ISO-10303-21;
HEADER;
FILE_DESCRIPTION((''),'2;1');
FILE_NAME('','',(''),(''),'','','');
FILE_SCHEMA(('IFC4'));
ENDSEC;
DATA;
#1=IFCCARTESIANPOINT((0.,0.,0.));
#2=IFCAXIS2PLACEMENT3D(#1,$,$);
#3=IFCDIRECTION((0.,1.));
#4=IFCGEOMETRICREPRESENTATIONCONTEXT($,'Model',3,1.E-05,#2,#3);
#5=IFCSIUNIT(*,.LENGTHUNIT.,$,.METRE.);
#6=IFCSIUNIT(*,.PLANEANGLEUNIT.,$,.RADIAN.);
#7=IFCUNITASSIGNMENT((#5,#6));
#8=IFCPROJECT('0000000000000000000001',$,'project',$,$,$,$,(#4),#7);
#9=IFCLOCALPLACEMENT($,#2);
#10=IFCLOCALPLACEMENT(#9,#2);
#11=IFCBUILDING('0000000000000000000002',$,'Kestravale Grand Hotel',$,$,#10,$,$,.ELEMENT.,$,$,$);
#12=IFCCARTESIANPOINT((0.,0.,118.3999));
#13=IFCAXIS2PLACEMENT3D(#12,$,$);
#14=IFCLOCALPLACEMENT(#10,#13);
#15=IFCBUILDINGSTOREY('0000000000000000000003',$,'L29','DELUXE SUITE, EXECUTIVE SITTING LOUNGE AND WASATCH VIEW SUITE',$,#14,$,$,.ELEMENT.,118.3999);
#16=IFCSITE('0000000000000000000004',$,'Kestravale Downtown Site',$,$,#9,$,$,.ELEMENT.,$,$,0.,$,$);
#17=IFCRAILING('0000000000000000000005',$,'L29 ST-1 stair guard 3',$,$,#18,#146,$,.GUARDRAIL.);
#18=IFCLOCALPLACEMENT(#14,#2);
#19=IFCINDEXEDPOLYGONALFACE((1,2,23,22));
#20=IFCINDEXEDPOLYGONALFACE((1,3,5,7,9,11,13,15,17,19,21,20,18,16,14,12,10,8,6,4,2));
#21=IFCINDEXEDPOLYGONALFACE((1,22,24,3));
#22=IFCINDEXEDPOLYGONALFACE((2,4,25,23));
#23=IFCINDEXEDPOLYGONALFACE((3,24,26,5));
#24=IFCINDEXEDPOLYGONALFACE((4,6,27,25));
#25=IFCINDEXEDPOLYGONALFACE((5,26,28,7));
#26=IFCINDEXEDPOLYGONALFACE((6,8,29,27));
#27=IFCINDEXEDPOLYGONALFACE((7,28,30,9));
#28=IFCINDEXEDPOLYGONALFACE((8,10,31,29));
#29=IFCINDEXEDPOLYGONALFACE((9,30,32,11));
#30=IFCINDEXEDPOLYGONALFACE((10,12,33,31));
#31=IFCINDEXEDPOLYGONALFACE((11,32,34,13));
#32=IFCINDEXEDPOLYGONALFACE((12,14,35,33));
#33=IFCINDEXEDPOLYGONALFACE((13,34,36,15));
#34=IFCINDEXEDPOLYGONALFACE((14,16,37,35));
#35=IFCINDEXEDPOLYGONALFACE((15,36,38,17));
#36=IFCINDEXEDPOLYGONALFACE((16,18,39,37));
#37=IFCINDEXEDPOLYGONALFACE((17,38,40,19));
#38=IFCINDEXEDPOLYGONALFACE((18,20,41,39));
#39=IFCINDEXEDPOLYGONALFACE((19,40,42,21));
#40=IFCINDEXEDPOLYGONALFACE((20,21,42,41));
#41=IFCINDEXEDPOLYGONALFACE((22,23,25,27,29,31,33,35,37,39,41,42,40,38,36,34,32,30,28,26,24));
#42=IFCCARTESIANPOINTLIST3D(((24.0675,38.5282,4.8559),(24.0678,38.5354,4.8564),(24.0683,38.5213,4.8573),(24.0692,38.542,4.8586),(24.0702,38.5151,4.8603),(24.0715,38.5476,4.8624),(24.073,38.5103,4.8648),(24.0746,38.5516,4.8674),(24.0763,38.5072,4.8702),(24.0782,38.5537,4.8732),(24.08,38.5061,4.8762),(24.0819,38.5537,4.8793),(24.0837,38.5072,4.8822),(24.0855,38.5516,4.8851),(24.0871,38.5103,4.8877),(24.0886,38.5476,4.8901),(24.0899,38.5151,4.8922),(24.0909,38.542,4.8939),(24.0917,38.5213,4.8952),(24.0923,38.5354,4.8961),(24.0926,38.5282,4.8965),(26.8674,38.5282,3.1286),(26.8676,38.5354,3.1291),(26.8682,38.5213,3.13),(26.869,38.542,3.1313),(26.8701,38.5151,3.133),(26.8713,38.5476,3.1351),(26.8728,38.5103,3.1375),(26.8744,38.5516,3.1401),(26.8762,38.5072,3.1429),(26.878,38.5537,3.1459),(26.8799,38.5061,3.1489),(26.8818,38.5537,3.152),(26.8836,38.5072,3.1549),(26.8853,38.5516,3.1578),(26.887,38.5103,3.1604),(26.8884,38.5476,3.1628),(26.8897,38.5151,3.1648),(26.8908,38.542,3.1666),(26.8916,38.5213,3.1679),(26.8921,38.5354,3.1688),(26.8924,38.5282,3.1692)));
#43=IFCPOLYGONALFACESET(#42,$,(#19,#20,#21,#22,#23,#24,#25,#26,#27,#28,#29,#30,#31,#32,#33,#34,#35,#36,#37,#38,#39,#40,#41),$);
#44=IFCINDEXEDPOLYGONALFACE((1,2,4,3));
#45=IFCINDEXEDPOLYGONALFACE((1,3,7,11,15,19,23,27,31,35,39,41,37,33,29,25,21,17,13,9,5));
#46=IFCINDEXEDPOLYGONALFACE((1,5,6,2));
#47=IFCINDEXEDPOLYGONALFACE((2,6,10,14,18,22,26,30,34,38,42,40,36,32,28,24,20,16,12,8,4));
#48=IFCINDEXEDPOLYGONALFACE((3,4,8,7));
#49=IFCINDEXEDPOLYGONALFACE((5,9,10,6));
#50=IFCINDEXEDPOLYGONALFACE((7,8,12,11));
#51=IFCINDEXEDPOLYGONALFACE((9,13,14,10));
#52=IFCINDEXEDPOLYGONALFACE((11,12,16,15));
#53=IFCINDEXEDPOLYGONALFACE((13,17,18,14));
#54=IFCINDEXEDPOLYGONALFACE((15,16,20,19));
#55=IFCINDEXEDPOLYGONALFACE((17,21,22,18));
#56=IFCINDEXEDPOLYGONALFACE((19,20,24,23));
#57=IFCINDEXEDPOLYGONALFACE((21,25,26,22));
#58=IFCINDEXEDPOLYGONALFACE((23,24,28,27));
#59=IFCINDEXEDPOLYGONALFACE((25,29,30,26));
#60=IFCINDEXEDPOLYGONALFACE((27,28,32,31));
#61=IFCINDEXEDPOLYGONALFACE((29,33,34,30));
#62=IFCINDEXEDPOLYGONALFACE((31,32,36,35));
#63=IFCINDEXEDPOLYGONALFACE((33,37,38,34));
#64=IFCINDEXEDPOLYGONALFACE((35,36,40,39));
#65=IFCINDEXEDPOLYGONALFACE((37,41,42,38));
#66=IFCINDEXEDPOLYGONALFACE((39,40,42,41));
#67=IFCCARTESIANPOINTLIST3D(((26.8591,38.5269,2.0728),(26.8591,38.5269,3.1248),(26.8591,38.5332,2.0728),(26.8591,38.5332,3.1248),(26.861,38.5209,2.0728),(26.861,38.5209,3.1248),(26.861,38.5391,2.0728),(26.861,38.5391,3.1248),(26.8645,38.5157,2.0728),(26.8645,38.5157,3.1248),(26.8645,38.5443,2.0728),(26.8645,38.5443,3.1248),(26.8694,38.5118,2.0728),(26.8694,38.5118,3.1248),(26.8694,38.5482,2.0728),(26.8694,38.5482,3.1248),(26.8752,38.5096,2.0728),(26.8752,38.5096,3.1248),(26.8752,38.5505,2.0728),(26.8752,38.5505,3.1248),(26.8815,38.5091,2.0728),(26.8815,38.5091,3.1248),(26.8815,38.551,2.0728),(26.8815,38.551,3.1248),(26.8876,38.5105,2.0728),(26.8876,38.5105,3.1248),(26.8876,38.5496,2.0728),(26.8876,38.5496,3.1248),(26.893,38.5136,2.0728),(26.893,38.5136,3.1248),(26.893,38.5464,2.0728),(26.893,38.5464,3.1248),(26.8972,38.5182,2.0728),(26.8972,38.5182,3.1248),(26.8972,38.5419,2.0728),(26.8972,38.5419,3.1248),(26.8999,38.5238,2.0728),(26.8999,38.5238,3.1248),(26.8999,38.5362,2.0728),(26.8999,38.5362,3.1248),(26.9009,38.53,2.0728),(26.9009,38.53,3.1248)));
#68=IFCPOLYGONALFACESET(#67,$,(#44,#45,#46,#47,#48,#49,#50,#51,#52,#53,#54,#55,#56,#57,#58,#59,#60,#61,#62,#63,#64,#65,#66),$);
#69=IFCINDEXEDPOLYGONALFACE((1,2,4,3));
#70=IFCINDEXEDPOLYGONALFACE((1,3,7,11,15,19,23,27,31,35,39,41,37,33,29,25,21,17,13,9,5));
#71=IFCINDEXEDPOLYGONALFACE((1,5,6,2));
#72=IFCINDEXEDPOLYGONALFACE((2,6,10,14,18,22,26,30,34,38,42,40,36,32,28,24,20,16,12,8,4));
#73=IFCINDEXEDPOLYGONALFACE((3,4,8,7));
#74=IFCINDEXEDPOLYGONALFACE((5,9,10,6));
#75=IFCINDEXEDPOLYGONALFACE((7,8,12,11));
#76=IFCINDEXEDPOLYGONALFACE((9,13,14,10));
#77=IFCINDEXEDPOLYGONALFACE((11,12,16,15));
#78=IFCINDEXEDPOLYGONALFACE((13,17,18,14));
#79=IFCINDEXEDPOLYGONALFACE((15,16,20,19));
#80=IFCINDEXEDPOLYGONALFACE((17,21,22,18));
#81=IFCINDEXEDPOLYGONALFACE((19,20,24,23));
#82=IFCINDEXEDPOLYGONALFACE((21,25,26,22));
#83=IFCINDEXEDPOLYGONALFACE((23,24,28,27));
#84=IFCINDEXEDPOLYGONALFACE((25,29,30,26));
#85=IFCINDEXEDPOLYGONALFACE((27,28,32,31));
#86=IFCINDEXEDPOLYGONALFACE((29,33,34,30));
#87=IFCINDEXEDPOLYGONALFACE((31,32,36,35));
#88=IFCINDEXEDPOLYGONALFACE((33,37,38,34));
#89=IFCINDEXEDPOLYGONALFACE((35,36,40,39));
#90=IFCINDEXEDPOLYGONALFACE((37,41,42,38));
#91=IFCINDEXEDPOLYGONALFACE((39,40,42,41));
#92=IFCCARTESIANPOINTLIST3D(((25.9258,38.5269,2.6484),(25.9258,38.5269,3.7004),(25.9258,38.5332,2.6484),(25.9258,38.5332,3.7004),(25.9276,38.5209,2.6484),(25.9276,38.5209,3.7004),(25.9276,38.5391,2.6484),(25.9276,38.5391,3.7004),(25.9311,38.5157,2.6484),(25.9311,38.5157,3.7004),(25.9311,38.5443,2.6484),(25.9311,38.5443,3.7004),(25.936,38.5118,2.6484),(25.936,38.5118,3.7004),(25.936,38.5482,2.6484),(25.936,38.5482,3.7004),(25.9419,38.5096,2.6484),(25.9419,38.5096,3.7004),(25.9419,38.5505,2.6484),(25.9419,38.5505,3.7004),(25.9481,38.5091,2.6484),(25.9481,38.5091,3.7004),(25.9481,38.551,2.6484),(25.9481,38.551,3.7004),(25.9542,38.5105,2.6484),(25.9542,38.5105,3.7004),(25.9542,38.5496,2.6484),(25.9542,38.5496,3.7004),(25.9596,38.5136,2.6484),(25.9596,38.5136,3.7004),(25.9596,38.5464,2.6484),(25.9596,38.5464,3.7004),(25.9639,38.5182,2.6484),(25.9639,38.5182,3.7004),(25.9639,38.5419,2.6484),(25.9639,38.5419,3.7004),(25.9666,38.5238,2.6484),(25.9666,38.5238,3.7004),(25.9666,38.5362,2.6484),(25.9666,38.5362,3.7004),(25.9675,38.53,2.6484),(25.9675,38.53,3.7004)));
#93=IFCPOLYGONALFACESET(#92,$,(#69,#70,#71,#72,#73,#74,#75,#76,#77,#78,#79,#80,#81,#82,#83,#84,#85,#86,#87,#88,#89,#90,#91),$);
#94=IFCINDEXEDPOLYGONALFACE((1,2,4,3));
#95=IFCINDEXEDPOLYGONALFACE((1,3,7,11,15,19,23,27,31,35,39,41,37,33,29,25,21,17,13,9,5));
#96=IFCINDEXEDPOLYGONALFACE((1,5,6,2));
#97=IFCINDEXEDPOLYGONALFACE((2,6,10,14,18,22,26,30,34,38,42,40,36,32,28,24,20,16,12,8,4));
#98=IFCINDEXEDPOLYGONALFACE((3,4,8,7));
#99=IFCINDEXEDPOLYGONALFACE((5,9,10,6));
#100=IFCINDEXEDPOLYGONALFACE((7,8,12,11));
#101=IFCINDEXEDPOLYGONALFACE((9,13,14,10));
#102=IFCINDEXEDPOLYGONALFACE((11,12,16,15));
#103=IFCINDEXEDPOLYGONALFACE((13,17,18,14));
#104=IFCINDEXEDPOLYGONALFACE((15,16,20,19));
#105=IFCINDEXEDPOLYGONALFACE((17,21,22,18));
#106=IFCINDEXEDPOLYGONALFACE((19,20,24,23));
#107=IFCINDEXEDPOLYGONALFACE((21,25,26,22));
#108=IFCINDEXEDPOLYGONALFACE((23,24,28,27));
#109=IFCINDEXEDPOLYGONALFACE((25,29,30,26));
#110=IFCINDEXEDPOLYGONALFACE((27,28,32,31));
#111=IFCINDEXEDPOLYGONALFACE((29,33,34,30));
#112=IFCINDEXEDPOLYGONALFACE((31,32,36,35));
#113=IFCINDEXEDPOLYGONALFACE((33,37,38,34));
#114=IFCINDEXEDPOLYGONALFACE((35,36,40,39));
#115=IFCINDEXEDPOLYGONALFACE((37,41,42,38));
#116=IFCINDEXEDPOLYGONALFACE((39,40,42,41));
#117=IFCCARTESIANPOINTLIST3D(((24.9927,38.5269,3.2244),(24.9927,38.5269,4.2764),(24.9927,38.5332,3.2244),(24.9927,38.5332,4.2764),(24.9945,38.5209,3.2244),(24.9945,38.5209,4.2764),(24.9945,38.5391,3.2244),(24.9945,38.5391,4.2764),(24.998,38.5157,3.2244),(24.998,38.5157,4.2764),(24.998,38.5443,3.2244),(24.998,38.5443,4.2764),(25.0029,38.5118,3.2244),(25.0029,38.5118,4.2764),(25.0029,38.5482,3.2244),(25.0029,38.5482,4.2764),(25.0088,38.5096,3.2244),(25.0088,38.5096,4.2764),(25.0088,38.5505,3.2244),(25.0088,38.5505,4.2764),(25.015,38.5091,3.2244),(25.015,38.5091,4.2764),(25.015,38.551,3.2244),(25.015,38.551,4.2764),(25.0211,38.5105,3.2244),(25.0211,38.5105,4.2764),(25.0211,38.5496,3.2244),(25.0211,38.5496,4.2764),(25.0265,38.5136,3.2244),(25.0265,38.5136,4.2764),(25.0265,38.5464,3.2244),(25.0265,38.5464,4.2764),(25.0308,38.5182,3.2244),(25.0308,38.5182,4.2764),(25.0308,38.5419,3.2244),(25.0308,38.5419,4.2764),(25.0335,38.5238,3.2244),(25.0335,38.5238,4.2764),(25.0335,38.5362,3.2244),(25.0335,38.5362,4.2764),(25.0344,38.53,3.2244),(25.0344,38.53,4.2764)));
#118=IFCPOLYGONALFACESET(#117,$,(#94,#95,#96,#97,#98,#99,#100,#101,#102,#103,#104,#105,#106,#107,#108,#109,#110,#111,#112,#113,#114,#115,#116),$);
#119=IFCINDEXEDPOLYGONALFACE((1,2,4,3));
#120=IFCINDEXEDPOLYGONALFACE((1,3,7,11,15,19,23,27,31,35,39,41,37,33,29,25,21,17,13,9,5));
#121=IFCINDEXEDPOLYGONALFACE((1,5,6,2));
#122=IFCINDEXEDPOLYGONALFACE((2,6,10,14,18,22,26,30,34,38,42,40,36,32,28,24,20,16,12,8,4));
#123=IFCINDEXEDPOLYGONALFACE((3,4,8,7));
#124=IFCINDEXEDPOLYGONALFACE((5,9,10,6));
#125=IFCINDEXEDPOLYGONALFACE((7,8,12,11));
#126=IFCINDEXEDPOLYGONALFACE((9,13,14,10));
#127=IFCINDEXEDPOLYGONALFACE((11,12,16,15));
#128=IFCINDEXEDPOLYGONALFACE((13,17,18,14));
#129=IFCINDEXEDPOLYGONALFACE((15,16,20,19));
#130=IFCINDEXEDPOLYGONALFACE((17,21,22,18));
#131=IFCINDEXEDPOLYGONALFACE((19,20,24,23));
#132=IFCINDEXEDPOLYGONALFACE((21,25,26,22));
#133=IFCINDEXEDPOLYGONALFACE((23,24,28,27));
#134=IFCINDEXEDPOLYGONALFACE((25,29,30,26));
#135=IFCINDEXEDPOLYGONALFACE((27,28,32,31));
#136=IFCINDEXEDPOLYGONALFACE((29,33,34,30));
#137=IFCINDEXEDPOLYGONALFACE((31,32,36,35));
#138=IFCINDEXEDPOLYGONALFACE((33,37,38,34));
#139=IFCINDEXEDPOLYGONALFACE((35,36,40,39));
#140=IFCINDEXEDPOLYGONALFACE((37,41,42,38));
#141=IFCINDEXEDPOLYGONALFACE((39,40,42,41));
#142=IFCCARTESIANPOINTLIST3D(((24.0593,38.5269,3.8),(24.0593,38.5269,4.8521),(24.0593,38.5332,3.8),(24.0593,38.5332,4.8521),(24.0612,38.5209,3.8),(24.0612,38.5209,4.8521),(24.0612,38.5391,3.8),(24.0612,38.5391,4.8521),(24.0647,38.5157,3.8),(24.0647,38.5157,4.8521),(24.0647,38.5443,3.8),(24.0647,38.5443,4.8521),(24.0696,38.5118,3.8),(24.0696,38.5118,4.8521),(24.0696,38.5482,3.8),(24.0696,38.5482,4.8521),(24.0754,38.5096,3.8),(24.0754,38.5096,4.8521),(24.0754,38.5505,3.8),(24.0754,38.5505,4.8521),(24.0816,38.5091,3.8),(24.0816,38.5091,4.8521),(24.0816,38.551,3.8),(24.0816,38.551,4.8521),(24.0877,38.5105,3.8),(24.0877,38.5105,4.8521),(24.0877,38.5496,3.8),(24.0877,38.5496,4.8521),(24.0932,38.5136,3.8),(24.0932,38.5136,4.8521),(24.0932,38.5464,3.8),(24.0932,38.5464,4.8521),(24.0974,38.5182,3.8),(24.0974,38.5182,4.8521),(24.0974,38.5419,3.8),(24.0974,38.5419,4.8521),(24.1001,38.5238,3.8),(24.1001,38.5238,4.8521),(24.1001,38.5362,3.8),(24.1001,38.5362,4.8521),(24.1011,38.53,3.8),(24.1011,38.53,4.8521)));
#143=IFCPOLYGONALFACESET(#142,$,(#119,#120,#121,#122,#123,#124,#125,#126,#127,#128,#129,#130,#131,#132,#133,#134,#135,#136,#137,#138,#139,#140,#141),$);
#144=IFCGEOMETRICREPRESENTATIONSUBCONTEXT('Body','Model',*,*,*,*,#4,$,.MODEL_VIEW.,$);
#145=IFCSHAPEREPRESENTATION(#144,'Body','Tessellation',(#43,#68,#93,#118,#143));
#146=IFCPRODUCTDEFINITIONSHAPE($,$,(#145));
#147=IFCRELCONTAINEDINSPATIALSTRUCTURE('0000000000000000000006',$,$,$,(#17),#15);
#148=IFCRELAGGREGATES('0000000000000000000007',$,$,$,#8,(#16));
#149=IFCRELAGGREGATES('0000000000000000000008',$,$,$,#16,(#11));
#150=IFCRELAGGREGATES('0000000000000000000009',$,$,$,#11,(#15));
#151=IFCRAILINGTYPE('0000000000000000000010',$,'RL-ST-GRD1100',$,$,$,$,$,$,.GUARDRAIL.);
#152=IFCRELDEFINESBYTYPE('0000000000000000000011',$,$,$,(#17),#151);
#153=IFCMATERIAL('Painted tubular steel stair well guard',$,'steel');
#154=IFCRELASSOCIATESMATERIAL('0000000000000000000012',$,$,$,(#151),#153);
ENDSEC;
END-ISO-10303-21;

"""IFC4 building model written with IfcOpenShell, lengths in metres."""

from ifc_helpers import new_model, si_unit, direction, frame, origin, origin_2d, place, context, subcontext, project, spatial, circle, extrude, material, type_object, element, save


model = new_model("IFC4")

# Units and contexts
model_context = context("Model", 3, precision=1e-05, world=origin(), true_north=direction((0.0, 1.0)))
body_context = subcontext(model_context, "Body", "Model", "MODEL_VIEW")
ifc_project = project(units=[si_unit("LENGTHUNIT", "METRE"), si_unit("PLANEANGLEUNIT", "RADIAN")], contexts=[model_context])

# Site, building, storey
site_placement = place(None, origin())
site = spatial("IfcSite", under=ifc_project, at=site_placement, Name="Kestravale Downtown Site", CompositionType="ELEMENT", RefElevation=0.0)
building_placement = place(site_placement, origin())
building = spatial("IfcBuilding", under=site, at=building_placement, Name="Kestravale Grand Hotel", CompositionType="ELEMENT")
storey_placement = place(building_placement, frame((0.0, 0.0, 118.3999)))
storey = spatial("IfcBuildingStorey", under=building, at=storey_placement, Name="L29", Description="DELUXE SUITE, EXECUTIVE SITTING LOUNGE AND WASATCH VIEW SUITE", CompositionType="ELEMENT", Elevation=118.3999)

# Railing
ifc_material_1 = material(Name="Painted tubular steel stair well guard", Category="steel")
railing_type_1 = type_object("IfcRailingType", Name="RL-ST-GRD1100", PredefinedType="GUARDRAIL", material=ifc_material_1)
railing_1_placement = place(storey_placement, frame((26.8799, 38.53, 2.0728)))
element("IfcRailing", 1, at=railing_1_placement, inside=storey, type_object=railing_type_1, Name="L29 ST-1 stair guard 3", PredefinedType="GUARDRAIL", context=body_context, shape_type="SweptSolid", body=[
    extrude(circle(Radius=0.0239, at=origin_2d()), frame((0.0, 0.0, 1.0762), z_axis=(-0.851069, 0.0, 0.525054), x_axis=(0.0, -1.0, 0.0)), (0.0, 0.0, 1.0), 3.2898),
    extrude(circle(Radius=0.021, at=origin_2d()), origin(), (0.0, 0.0, 1.0), 1.052),
    extrude(circle(Radius=0.021, at=origin_2d()), frame((-0.9333, 0.0, 0.5757)), (0.0, 0.0, 1.0), 1.052),
    extrude(circle(Radius=0.021, at=origin_2d()), frame((-1.8665, 0.0, 1.1516)), (0.0, 0.0, 1.0), 1.052),
    extrude(circle(Radius=0.021, at=origin_2d()), frame((-2.7998, 0.0, 1.7273)), (0.0, 0.0, 1.0), 1.052),
])

save(model, "model.ifc")
